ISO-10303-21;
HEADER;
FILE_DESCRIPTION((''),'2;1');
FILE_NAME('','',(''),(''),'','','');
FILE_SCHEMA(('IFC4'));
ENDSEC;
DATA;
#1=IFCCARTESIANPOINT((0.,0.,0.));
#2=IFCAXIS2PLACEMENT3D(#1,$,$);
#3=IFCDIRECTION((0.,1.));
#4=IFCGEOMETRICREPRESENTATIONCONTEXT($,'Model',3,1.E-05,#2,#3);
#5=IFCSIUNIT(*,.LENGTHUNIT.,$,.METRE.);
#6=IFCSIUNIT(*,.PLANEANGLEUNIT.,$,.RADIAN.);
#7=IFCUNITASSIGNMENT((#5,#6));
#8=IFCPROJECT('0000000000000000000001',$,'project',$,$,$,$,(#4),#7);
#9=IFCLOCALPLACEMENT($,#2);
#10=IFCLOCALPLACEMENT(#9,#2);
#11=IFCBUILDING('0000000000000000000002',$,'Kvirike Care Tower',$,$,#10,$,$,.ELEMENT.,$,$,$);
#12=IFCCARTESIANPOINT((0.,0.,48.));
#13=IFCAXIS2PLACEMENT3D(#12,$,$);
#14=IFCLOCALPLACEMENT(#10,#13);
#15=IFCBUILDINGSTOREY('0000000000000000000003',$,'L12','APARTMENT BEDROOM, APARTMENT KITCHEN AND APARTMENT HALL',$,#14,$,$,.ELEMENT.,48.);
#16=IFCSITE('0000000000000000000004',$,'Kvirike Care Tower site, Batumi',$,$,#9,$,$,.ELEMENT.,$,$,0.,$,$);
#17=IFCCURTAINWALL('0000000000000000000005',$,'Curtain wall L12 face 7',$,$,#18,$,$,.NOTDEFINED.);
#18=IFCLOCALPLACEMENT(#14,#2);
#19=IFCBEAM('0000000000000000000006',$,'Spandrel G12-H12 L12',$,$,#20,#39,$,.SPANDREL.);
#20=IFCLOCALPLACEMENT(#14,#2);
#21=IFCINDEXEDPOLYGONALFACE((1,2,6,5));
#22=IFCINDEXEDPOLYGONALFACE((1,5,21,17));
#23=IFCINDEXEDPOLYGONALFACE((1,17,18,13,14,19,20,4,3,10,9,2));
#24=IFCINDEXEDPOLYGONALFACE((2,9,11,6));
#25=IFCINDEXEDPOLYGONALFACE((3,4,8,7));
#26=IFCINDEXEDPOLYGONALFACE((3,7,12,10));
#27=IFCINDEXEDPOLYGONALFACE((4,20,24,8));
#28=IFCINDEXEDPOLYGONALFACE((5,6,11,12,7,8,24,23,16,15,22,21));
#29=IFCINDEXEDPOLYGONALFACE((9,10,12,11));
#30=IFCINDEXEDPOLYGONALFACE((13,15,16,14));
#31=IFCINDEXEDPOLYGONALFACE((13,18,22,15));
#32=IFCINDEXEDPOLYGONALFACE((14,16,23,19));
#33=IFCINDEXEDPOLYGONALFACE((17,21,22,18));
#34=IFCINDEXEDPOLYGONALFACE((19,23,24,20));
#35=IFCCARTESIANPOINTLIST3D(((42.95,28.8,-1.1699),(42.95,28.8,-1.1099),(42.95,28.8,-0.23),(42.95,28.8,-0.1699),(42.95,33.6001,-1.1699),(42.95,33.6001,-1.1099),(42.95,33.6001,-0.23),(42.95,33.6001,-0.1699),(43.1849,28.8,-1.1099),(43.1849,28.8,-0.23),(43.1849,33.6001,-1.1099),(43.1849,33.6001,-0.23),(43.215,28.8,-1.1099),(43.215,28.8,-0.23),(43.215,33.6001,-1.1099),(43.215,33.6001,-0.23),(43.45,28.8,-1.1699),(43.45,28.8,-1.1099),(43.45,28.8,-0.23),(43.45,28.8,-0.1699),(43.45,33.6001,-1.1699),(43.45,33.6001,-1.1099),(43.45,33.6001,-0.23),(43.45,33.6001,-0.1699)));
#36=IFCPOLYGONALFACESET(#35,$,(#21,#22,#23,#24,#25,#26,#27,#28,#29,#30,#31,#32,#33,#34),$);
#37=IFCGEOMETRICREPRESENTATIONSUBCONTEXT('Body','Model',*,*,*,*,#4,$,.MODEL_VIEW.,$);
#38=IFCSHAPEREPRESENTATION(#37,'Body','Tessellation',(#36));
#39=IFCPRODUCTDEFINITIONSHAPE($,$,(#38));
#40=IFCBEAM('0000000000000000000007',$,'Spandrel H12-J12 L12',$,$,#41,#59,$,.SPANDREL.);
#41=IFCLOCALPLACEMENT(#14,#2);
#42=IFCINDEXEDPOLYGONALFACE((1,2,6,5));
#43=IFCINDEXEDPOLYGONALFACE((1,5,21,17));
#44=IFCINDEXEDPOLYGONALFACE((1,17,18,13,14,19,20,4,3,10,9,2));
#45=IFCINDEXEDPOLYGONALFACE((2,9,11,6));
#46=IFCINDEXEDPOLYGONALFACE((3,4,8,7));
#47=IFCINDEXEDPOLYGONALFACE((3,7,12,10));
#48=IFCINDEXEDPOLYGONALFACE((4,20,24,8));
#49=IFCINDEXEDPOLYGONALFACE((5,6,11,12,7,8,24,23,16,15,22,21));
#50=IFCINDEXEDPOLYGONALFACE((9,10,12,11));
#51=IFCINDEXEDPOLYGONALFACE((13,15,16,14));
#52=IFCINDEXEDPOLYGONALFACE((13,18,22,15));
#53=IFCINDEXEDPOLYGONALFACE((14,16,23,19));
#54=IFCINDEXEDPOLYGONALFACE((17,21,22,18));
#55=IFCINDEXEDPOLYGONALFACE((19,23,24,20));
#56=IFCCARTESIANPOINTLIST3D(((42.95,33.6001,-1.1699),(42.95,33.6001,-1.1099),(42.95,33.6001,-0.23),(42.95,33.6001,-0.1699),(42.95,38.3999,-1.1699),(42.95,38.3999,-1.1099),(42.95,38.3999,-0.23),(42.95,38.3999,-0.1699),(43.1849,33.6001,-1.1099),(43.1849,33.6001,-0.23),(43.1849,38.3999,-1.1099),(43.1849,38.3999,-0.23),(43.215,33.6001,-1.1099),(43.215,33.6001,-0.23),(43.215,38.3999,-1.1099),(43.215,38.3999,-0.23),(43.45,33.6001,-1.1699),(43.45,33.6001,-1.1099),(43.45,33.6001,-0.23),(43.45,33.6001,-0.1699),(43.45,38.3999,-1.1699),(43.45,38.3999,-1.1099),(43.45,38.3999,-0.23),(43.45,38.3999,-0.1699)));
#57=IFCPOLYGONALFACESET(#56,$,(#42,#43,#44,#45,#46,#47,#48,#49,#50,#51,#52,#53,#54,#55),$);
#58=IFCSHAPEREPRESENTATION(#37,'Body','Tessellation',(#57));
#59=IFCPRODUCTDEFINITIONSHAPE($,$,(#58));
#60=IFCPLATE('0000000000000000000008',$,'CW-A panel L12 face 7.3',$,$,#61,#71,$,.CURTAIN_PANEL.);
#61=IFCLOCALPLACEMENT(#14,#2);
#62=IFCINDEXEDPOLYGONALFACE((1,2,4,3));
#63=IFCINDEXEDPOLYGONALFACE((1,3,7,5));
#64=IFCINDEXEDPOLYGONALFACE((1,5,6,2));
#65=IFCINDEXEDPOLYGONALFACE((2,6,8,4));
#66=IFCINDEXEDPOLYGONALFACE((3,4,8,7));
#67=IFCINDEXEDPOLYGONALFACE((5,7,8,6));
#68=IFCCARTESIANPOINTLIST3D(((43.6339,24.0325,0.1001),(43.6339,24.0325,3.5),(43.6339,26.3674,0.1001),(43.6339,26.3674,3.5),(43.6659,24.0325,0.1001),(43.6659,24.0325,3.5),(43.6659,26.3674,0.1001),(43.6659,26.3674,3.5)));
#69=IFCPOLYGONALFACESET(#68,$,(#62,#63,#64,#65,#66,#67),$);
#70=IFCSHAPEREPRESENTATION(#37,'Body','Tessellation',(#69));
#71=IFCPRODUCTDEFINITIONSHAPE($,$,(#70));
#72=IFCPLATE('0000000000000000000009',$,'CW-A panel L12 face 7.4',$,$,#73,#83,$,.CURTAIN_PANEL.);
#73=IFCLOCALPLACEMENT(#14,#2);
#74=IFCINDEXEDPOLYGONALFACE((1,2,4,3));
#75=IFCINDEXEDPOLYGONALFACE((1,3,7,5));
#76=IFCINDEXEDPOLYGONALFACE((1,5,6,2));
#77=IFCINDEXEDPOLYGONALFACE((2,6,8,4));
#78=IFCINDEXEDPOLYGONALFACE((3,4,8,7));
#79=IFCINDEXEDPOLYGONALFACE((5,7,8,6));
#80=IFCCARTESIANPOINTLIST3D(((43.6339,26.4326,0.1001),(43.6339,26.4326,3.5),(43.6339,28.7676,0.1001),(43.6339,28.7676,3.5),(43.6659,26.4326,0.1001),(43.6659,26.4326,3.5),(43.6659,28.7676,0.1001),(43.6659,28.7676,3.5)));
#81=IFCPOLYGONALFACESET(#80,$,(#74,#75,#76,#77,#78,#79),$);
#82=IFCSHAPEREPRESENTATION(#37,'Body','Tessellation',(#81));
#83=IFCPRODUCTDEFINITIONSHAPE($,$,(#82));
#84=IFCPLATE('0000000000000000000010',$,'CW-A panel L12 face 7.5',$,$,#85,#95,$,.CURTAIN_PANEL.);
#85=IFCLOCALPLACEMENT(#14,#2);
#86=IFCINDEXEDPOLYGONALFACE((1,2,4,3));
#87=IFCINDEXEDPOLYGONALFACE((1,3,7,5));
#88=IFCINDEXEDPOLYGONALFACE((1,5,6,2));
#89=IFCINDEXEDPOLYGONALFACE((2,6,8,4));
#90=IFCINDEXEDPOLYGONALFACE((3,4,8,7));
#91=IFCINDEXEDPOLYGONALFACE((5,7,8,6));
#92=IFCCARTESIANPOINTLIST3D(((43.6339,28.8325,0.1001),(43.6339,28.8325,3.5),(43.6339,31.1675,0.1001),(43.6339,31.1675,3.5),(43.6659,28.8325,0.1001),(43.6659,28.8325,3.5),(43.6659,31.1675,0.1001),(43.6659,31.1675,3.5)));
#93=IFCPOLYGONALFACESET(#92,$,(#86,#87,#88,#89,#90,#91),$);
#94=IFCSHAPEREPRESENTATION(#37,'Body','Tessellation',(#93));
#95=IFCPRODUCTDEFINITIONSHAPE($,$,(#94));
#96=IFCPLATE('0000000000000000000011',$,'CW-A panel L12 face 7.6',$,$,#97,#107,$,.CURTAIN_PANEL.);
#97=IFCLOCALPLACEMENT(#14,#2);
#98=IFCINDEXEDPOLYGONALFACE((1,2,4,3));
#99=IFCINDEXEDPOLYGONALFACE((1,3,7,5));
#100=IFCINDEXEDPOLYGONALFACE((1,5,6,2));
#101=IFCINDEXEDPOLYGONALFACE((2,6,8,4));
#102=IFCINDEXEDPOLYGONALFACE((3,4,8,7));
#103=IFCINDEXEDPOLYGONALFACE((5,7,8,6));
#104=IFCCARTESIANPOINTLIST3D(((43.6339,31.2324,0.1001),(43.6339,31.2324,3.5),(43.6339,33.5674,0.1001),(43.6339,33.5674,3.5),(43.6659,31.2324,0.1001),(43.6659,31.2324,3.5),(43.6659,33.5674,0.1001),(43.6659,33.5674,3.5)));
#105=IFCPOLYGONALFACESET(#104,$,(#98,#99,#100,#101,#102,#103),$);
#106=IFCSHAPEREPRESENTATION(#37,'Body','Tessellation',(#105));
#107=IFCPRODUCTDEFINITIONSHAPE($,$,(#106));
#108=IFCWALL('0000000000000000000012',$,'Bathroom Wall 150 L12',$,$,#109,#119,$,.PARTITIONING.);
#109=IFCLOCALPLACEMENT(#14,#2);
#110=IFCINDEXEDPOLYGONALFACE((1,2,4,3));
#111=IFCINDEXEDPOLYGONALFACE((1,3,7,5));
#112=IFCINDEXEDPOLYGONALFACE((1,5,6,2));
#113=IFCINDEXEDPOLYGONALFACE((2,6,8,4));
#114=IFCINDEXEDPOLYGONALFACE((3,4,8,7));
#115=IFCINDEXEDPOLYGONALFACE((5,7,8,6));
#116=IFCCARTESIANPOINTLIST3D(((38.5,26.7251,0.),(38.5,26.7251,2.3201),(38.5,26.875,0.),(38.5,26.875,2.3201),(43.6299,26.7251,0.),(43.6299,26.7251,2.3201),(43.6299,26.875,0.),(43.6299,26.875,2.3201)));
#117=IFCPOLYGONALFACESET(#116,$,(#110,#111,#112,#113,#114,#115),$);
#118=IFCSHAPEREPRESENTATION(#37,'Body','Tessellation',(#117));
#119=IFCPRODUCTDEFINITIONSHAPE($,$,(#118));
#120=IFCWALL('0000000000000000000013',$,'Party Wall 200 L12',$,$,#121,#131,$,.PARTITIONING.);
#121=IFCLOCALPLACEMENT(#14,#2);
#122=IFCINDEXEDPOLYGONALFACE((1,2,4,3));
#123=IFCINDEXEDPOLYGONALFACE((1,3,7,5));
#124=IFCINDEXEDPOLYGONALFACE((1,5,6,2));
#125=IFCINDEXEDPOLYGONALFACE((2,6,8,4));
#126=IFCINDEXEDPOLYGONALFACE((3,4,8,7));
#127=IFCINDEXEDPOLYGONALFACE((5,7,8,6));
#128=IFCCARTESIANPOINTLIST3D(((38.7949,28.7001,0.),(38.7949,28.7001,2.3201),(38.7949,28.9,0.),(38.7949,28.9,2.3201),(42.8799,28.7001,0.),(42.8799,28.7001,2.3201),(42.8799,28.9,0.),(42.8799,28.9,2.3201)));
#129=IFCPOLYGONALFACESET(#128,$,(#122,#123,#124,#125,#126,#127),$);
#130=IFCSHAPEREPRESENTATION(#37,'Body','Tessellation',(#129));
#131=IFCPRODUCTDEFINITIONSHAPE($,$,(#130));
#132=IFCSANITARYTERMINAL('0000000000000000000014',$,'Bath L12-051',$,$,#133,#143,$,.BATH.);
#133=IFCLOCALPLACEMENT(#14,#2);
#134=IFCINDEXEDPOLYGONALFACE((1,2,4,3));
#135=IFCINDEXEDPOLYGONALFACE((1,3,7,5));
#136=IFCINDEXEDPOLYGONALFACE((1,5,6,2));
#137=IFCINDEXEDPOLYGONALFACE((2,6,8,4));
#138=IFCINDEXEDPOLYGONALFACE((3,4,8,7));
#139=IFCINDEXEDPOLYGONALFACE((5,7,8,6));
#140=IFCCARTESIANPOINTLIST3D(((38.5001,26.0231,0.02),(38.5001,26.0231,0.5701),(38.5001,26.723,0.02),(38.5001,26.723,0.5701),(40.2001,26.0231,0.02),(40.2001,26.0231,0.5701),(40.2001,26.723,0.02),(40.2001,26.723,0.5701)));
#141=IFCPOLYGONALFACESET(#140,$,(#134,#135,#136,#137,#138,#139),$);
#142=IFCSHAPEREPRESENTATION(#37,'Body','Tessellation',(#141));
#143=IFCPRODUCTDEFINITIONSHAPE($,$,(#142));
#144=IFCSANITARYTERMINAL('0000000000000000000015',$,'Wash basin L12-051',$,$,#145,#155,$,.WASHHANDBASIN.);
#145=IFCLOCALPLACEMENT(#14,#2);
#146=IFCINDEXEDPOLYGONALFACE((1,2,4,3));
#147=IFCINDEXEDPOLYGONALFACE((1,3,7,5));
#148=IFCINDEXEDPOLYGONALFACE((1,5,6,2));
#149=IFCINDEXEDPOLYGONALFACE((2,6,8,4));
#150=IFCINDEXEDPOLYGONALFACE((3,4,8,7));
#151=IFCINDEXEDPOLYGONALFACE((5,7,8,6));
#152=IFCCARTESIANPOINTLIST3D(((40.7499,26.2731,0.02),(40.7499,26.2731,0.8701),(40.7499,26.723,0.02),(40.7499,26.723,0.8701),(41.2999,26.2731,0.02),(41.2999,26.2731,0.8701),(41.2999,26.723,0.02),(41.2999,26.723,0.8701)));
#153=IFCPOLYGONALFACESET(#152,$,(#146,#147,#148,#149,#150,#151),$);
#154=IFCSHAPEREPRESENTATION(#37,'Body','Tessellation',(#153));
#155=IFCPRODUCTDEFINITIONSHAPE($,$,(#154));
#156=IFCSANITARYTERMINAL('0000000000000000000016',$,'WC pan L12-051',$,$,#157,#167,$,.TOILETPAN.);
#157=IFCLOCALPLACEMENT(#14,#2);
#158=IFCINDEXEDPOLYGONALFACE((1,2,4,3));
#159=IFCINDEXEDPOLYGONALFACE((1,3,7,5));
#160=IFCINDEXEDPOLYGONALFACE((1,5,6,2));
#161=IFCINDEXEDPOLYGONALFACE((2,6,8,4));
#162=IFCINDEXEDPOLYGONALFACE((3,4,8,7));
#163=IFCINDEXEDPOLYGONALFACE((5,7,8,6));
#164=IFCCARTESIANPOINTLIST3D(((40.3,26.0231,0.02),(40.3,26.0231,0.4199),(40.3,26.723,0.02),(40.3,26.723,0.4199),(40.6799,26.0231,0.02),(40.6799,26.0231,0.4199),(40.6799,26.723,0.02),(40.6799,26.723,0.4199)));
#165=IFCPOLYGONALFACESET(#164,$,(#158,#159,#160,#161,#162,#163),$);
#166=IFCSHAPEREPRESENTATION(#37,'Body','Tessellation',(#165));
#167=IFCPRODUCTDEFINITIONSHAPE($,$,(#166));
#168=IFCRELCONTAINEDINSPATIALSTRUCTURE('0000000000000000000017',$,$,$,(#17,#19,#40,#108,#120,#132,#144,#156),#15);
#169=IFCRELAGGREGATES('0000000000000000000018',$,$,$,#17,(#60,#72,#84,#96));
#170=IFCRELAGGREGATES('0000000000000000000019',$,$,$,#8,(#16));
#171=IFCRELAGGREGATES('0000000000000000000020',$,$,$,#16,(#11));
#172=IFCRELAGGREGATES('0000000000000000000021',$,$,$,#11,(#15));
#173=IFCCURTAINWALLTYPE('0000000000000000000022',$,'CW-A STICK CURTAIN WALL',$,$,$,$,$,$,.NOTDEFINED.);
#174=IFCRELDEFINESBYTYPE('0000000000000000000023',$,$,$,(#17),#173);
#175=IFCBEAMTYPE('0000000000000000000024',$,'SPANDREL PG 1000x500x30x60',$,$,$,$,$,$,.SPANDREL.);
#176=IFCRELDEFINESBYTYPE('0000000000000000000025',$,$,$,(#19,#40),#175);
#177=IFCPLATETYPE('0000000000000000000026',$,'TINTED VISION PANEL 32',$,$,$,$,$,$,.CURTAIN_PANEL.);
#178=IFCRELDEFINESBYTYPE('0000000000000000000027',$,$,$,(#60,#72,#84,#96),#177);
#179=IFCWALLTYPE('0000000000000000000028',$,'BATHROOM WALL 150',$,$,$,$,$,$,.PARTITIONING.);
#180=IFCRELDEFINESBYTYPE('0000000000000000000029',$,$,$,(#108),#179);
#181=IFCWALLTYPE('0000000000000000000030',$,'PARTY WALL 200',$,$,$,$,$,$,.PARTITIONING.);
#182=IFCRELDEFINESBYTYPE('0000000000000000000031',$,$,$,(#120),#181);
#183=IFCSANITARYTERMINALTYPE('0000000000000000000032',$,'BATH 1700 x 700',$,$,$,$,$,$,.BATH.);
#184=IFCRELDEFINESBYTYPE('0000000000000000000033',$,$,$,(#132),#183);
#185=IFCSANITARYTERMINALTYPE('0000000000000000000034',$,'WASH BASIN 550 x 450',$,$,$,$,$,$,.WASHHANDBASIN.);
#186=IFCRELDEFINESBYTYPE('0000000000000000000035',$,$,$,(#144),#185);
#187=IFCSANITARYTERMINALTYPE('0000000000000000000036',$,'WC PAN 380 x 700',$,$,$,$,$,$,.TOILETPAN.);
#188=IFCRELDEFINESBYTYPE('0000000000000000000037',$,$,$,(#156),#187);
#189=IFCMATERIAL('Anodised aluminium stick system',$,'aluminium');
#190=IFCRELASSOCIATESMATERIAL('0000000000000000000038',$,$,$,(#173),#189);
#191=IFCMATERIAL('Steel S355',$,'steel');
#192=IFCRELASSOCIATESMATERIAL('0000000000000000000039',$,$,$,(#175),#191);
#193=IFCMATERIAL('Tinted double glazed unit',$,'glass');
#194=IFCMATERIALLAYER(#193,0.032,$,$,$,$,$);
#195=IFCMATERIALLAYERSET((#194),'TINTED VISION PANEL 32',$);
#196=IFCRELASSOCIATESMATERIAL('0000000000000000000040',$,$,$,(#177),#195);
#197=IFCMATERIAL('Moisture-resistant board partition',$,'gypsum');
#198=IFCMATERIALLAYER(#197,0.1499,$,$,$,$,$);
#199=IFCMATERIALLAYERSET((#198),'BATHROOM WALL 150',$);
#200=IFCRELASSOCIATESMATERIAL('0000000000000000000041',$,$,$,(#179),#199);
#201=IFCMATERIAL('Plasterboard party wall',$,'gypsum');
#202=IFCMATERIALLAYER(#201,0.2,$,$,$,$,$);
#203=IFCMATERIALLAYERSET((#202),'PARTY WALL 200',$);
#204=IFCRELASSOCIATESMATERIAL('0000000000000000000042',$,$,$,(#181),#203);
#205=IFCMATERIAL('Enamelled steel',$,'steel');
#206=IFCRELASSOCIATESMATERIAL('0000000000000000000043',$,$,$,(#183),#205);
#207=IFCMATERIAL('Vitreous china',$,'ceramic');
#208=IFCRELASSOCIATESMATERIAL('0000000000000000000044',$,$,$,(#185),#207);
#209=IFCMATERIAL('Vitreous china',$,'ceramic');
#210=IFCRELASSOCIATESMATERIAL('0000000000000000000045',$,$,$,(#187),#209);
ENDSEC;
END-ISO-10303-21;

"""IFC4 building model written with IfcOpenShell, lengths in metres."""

from ifc_helpers import new_model, si_unit, direction, frame, frame_2d, origin, origin_2d, place, context, subcontext, project, spatial, rectangle, i_section, extrude, material, layer, layer_set, material_profile, profile_set, type_object, element, aggregate, save


model = new_model("IFC4")

# Units and contexts
model_context = context("Model", 3, precision=1e-05, world=origin(), true_north=direction((0.0, 1.0)))
body_context = subcontext(model_context, "Body", "Model", "MODEL_VIEW")
ifc_project = project(units=[si_unit("LENGTHUNIT", "METRE"), si_unit("PLANEANGLEUNIT", "RADIAN")], contexts=[model_context])

# Site, building, storey
site_placement = place(None, origin())
site = spatial("IfcSite", under=ifc_project, at=site_placement, Name="Kvirike Care Tower site, Batumi", CompositionType="ELEMENT", RefElevation=0.0)
building_placement = place(site_placement, origin())
building = spatial("IfcBuilding", under=site, at=building_placement, Name="Kvirike Care Tower", CompositionType="ELEMENT")
storey_placement = place(building_placement, frame((0.0, 0.0, 48.0)))
storey = spatial("IfcBuildingStorey", under=building, at=storey_placement, Name="L12", Description="APARTMENT BEDROOM, APARTMENT KITCHEN AND APARTMENT HALL", CompositionType="ELEMENT", Elevation=48.0)

# Curtain wall
ifc_material_1 = material(Name="Anodised aluminium stick system", Category="aluminium")
curtain_wall_type = type_object("IfcCurtainWallType", Name="CW-A STICK CURTAIN WALL", PredefinedType="NOTDEFINED", material=ifc_material_1)
curtain_wall_placement = place(storey_placement, origin())
curtain_wall = element("IfcCurtainWall", 1, at=curtain_wall_placement, inside=storey, type_object=curtain_wall_type, Name="Curtain wall L12 face 7", PredefinedType="NOTDEFINED")

# Beams
ifc_material_2 = material(Name="Steel S355", Category="steel")
ifc_material_profile_1 = material_profile(ifc_material_2, i_section(OverallWidth=0.5, OverallDepth=1.0, WebThickness=0.03, FlangeThickness=0.0601, at=origin_2d()), Name="PG 1000x500x30x60")
ifc_profile_set_1 = profile_set([ifc_material_profile_1], Name="Steel S355")
beam_type = type_object("IfcBeamType", Name="SPANDREL PG 1000x500x30x60", PredefinedType="SPANDREL", material=ifc_profile_set_1)
beam_1_placement = place(storey_placement, frame((43.2, 28.8, -0.6699), z_axis=(0.0, 1.0, 0.0), x_axis=(-1.0, 0.0, 0.0)))
element("IfcBeam", 2, at=beam_1_placement, inside=storey, type_object=beam_type, Name="Spandrel G12-H12 L12", PredefinedType="SPANDREL", context=body_context, shape_type="SweptSolid", body=[
    extrude(i_section(OverallWidth=0.5, OverallDepth=1.0, WebThickness=0.03, FlangeThickness=0.0601, at=origin_2d()), origin(), (0.0, 0.0, 1.0), 4.8),
])
beam_2_placement = place(storey_placement, frame((43.2, 33.6001, -0.6699), z_axis=(0.0, 1.0, 0.0), x_axis=(-1.0, 0.0, 0.0)))
element("IfcBeam", 3, at=beam_2_placement, inside=storey, type_object=beam_type, Name="Spandrel H12-J12 L12", PredefinedType="SPANDREL", context=body_context, shape_type="SweptSolid", body=[
    extrude(i_section(OverallWidth=0.5, OverallDepth=1.0, WebThickness=0.03, FlangeThickness=0.0601, at=origin_2d()), origin(), (0.0, 0.0, 1.0), 4.7998),
])

# Plates
ifc_material_3 = material(Name="Tinted double glazed unit", Category="glass")
ifc_layer_1 = layer(ifc_material_3, 0.032)
ifc_layer_set_1 = layer_set([ifc_layer_1], Name="TINTED VISION PANEL 32")
plate_type = type_object("IfcPlateType", Name="TINTED VISION PANEL 32", PredefinedType="CURTAIN_PANEL", material=ifc_layer_set_1)
plate_1_placement = place(storey_placement, frame((43.6499, 25.2, 0.1001), z_axis=(0.0, 0.0, 1.0), x_axis=(0.0, 1.0, 0.0)))
plate_1 = element("IfcPlate", 4, at=plate_1_placement, type_object=plate_type, Name="CW-A panel L12 face 7.3", PredefinedType="CURTAIN_PANEL", context=body_context, shape_type="SweptSolid", body=[
    extrude(rectangle(XDim=2.335, YDim=0.032, at=origin_2d()), origin(), (0.0, 0.0, 1.0), 3.3999),
])
plate_2_placement = place(storey_placement, frame((43.6499, 27.6001, 0.1001), z_axis=(0.0, 0.0, 1.0), x_axis=(0.0, 1.0, 0.0)))
plate_2 = element("IfcPlate", 5, at=plate_2_placement, type_object=plate_type, Name="CW-A panel L12 face 7.4", PredefinedType="CURTAIN_PANEL", context=body_context, shape_type="SweptSolid", body=[
    extrude(rectangle(XDim=2.335, YDim=0.032, at=origin_2d()), origin(), (0.0, 0.0, 1.0), 3.3999),
])
plate_3_placement = place(storey_placement, frame((43.6499, 30.0, 0.1001), z_axis=(0.0, 0.0, 1.0), x_axis=(0.0, 1.0, 0.0)))
plate_3 = element("IfcPlate", 6, at=plate_3_placement, type_object=plate_type, Name="CW-A panel L12 face 7.5", PredefinedType="CURTAIN_PANEL", context=body_context, shape_type="SweptSolid", body=[
    extrude(rectangle(XDim=2.335, YDim=0.032, at=origin_2d()), origin(), (0.0, 0.0, 1.0), 3.3999),
])
plate_4_placement = place(storey_placement, frame((43.6499, 32.3999, 0.1001), z_axis=(0.0, 0.0, 1.0), x_axis=(0.0, 1.0, 0.0)))
plate_4 = element("IfcPlate", 7, at=plate_4_placement, type_object=plate_type, Name="CW-A panel L12 face 7.6", PredefinedType="CURTAIN_PANEL", context=body_context, shape_type="SweptSolid", body=[
    extrude(rectangle(XDim=2.335, YDim=0.032, at=origin_2d()), origin(), (0.0, 0.0, 1.0), 3.3999),
])
aggregate(curtain_wall, [plate_1, plate_2, plate_3, plate_4])

# Walls
ifc_material_4 = material(Name="Moisture-resistant board partition", Category="gypsum")
ifc_layer_2 = layer(ifc_material_4, 0.1499)
ifc_layer_set_2 = layer_set([ifc_layer_2], Name="BATHROOM WALL 150")
wall_type_1 = type_object("IfcWallType", Name="BATHROOM WALL 150", PredefinedType="PARTITIONING", material=ifc_layer_set_2)
wall_1_placement = place(storey_placement, frame((38.5, 26.8, 0.0), z_axis=(0.0, 0.0, 1.0), x_axis=(1.0, 0.0, 0.0)))
element("IfcWall", 8, at=wall_1_placement, inside=storey, type_object=wall_type_1, Name="Bathroom Wall 150 L12", PredefinedType="PARTITIONING", context=body_context, shape_type="SweptSolid", body=[
    extrude(rectangle(XDim=5.1299, YDim=0.1499, at=frame_2d((2.5649, 0.0))), origin(), (0.0, 0.0, 1.0), 2.3201),
])
ifc_material_5 = material(Name="Plasterboard party wall", Category="gypsum")
ifc_layer_3 = layer(ifc_material_5, 0.2)
ifc_layer_set_3 = layer_set([ifc_layer_3], Name="PARTY WALL 200")
wall_type_2 = type_object("IfcWallType", Name="PARTY WALL 200", PredefinedType="PARTITIONING", material=ifc_layer_set_3)
wall_2_placement = place(storey_placement, frame((42.8799, 28.8, 0.0), z_axis=(0.0, 0.0, 1.0), x_axis=(-1.0, 0.0, 0.0)))
element("IfcWall", 9, at=wall_2_placement, inside=storey, type_object=wall_type_2, Name="Party Wall 200 L12", PredefinedType="PARTITIONING", context=body_context, shape_type="SweptSolid", body=[
    extrude(rectangle(XDim=4.085, YDim=0.2, at=frame_2d((2.0425, 0.0))), origin(), (0.0, 0.0, 1.0), 2.3201),
])

# Sanitary terminals
ifc_material_6 = material(Name="Enamelled steel", Category="steel")
sanitary_terminal_type_1 = type_object("IfcSanitaryTerminalType", Name="BATH 1700 x 700", PredefinedType="BATH", material=ifc_material_6)
sanitary_terminal_1_placement = place(storey_placement, frame((39.3501, 26.373, 0.02), z_axis=(0.0, 0.0, 1.0), x_axis=(1.0, 0.0, 0.0)))
element("IfcSanitaryTerminal", 10, at=sanitary_terminal_1_placement, inside=storey, type_object=sanitary_terminal_type_1, Name="Bath L12-051", PredefinedType="BATH", context=body_context, shape_type="SweptSolid", body=[
    extrude(rectangle(XDim=1.7, YDim=0.7, at=origin_2d()), origin(), (0.0, 0.0, 1.0), 0.55),
])
ifc_material_7 = material(Name="Vitreous china", Category="ceramic")
sanitary_terminal_type_2 = type_object("IfcSanitaryTerminalType", Name="WASH BASIN 550 x 450", PredefinedType="WASHHANDBASIN", material=ifc_material_7)
sanitary_terminal_2_placement = place(storey_placement, frame((41.0249, 26.498, 0.02), z_axis=(0.0, 0.0, 1.0), x_axis=(1.0, 0.0, 0.0)))
element("IfcSanitaryTerminal", 11, at=sanitary_terminal_2_placement, inside=storey, type_object=sanitary_terminal_type_2, Name="Wash basin L12-051", PredefinedType="WASHHANDBASIN", context=body_context, shape_type="SweptSolid", body=[
    extrude(rectangle(XDim=0.55, YDim=0.45, at=origin_2d()), origin(), (0.0, 0.0, 1.0), 0.8501),
])
ifc_material_8 = material(Name="Vitreous china", Category="ceramic")
sanitary_terminal_type_3 = type_object("IfcSanitaryTerminalType", Name="WC PAN 380 x 700", PredefinedType="TOILETPAN", material=ifc_material_8)
sanitary_terminal_3_placement = place(storey_placement, frame((40.49, 26.373, 0.02), z_axis=(0.0, 0.0, 1.0), x_axis=(1.0, 0.0, 0.0)))
element("IfcSanitaryTerminal", 12, at=sanitary_terminal_3_placement, inside=storey, type_object=sanitary_terminal_type_3, Name="WC pan L12-051", PredefinedType="TOILETPAN", context=body_context, shape_type="SweptSolid", body=[
    extrude(rectangle(XDim=0.3799, YDim=0.7, at=origin_2d()), origin(), (0.0, 0.0, 1.0), 0.3999),
])

save(model, "model.ifc")
